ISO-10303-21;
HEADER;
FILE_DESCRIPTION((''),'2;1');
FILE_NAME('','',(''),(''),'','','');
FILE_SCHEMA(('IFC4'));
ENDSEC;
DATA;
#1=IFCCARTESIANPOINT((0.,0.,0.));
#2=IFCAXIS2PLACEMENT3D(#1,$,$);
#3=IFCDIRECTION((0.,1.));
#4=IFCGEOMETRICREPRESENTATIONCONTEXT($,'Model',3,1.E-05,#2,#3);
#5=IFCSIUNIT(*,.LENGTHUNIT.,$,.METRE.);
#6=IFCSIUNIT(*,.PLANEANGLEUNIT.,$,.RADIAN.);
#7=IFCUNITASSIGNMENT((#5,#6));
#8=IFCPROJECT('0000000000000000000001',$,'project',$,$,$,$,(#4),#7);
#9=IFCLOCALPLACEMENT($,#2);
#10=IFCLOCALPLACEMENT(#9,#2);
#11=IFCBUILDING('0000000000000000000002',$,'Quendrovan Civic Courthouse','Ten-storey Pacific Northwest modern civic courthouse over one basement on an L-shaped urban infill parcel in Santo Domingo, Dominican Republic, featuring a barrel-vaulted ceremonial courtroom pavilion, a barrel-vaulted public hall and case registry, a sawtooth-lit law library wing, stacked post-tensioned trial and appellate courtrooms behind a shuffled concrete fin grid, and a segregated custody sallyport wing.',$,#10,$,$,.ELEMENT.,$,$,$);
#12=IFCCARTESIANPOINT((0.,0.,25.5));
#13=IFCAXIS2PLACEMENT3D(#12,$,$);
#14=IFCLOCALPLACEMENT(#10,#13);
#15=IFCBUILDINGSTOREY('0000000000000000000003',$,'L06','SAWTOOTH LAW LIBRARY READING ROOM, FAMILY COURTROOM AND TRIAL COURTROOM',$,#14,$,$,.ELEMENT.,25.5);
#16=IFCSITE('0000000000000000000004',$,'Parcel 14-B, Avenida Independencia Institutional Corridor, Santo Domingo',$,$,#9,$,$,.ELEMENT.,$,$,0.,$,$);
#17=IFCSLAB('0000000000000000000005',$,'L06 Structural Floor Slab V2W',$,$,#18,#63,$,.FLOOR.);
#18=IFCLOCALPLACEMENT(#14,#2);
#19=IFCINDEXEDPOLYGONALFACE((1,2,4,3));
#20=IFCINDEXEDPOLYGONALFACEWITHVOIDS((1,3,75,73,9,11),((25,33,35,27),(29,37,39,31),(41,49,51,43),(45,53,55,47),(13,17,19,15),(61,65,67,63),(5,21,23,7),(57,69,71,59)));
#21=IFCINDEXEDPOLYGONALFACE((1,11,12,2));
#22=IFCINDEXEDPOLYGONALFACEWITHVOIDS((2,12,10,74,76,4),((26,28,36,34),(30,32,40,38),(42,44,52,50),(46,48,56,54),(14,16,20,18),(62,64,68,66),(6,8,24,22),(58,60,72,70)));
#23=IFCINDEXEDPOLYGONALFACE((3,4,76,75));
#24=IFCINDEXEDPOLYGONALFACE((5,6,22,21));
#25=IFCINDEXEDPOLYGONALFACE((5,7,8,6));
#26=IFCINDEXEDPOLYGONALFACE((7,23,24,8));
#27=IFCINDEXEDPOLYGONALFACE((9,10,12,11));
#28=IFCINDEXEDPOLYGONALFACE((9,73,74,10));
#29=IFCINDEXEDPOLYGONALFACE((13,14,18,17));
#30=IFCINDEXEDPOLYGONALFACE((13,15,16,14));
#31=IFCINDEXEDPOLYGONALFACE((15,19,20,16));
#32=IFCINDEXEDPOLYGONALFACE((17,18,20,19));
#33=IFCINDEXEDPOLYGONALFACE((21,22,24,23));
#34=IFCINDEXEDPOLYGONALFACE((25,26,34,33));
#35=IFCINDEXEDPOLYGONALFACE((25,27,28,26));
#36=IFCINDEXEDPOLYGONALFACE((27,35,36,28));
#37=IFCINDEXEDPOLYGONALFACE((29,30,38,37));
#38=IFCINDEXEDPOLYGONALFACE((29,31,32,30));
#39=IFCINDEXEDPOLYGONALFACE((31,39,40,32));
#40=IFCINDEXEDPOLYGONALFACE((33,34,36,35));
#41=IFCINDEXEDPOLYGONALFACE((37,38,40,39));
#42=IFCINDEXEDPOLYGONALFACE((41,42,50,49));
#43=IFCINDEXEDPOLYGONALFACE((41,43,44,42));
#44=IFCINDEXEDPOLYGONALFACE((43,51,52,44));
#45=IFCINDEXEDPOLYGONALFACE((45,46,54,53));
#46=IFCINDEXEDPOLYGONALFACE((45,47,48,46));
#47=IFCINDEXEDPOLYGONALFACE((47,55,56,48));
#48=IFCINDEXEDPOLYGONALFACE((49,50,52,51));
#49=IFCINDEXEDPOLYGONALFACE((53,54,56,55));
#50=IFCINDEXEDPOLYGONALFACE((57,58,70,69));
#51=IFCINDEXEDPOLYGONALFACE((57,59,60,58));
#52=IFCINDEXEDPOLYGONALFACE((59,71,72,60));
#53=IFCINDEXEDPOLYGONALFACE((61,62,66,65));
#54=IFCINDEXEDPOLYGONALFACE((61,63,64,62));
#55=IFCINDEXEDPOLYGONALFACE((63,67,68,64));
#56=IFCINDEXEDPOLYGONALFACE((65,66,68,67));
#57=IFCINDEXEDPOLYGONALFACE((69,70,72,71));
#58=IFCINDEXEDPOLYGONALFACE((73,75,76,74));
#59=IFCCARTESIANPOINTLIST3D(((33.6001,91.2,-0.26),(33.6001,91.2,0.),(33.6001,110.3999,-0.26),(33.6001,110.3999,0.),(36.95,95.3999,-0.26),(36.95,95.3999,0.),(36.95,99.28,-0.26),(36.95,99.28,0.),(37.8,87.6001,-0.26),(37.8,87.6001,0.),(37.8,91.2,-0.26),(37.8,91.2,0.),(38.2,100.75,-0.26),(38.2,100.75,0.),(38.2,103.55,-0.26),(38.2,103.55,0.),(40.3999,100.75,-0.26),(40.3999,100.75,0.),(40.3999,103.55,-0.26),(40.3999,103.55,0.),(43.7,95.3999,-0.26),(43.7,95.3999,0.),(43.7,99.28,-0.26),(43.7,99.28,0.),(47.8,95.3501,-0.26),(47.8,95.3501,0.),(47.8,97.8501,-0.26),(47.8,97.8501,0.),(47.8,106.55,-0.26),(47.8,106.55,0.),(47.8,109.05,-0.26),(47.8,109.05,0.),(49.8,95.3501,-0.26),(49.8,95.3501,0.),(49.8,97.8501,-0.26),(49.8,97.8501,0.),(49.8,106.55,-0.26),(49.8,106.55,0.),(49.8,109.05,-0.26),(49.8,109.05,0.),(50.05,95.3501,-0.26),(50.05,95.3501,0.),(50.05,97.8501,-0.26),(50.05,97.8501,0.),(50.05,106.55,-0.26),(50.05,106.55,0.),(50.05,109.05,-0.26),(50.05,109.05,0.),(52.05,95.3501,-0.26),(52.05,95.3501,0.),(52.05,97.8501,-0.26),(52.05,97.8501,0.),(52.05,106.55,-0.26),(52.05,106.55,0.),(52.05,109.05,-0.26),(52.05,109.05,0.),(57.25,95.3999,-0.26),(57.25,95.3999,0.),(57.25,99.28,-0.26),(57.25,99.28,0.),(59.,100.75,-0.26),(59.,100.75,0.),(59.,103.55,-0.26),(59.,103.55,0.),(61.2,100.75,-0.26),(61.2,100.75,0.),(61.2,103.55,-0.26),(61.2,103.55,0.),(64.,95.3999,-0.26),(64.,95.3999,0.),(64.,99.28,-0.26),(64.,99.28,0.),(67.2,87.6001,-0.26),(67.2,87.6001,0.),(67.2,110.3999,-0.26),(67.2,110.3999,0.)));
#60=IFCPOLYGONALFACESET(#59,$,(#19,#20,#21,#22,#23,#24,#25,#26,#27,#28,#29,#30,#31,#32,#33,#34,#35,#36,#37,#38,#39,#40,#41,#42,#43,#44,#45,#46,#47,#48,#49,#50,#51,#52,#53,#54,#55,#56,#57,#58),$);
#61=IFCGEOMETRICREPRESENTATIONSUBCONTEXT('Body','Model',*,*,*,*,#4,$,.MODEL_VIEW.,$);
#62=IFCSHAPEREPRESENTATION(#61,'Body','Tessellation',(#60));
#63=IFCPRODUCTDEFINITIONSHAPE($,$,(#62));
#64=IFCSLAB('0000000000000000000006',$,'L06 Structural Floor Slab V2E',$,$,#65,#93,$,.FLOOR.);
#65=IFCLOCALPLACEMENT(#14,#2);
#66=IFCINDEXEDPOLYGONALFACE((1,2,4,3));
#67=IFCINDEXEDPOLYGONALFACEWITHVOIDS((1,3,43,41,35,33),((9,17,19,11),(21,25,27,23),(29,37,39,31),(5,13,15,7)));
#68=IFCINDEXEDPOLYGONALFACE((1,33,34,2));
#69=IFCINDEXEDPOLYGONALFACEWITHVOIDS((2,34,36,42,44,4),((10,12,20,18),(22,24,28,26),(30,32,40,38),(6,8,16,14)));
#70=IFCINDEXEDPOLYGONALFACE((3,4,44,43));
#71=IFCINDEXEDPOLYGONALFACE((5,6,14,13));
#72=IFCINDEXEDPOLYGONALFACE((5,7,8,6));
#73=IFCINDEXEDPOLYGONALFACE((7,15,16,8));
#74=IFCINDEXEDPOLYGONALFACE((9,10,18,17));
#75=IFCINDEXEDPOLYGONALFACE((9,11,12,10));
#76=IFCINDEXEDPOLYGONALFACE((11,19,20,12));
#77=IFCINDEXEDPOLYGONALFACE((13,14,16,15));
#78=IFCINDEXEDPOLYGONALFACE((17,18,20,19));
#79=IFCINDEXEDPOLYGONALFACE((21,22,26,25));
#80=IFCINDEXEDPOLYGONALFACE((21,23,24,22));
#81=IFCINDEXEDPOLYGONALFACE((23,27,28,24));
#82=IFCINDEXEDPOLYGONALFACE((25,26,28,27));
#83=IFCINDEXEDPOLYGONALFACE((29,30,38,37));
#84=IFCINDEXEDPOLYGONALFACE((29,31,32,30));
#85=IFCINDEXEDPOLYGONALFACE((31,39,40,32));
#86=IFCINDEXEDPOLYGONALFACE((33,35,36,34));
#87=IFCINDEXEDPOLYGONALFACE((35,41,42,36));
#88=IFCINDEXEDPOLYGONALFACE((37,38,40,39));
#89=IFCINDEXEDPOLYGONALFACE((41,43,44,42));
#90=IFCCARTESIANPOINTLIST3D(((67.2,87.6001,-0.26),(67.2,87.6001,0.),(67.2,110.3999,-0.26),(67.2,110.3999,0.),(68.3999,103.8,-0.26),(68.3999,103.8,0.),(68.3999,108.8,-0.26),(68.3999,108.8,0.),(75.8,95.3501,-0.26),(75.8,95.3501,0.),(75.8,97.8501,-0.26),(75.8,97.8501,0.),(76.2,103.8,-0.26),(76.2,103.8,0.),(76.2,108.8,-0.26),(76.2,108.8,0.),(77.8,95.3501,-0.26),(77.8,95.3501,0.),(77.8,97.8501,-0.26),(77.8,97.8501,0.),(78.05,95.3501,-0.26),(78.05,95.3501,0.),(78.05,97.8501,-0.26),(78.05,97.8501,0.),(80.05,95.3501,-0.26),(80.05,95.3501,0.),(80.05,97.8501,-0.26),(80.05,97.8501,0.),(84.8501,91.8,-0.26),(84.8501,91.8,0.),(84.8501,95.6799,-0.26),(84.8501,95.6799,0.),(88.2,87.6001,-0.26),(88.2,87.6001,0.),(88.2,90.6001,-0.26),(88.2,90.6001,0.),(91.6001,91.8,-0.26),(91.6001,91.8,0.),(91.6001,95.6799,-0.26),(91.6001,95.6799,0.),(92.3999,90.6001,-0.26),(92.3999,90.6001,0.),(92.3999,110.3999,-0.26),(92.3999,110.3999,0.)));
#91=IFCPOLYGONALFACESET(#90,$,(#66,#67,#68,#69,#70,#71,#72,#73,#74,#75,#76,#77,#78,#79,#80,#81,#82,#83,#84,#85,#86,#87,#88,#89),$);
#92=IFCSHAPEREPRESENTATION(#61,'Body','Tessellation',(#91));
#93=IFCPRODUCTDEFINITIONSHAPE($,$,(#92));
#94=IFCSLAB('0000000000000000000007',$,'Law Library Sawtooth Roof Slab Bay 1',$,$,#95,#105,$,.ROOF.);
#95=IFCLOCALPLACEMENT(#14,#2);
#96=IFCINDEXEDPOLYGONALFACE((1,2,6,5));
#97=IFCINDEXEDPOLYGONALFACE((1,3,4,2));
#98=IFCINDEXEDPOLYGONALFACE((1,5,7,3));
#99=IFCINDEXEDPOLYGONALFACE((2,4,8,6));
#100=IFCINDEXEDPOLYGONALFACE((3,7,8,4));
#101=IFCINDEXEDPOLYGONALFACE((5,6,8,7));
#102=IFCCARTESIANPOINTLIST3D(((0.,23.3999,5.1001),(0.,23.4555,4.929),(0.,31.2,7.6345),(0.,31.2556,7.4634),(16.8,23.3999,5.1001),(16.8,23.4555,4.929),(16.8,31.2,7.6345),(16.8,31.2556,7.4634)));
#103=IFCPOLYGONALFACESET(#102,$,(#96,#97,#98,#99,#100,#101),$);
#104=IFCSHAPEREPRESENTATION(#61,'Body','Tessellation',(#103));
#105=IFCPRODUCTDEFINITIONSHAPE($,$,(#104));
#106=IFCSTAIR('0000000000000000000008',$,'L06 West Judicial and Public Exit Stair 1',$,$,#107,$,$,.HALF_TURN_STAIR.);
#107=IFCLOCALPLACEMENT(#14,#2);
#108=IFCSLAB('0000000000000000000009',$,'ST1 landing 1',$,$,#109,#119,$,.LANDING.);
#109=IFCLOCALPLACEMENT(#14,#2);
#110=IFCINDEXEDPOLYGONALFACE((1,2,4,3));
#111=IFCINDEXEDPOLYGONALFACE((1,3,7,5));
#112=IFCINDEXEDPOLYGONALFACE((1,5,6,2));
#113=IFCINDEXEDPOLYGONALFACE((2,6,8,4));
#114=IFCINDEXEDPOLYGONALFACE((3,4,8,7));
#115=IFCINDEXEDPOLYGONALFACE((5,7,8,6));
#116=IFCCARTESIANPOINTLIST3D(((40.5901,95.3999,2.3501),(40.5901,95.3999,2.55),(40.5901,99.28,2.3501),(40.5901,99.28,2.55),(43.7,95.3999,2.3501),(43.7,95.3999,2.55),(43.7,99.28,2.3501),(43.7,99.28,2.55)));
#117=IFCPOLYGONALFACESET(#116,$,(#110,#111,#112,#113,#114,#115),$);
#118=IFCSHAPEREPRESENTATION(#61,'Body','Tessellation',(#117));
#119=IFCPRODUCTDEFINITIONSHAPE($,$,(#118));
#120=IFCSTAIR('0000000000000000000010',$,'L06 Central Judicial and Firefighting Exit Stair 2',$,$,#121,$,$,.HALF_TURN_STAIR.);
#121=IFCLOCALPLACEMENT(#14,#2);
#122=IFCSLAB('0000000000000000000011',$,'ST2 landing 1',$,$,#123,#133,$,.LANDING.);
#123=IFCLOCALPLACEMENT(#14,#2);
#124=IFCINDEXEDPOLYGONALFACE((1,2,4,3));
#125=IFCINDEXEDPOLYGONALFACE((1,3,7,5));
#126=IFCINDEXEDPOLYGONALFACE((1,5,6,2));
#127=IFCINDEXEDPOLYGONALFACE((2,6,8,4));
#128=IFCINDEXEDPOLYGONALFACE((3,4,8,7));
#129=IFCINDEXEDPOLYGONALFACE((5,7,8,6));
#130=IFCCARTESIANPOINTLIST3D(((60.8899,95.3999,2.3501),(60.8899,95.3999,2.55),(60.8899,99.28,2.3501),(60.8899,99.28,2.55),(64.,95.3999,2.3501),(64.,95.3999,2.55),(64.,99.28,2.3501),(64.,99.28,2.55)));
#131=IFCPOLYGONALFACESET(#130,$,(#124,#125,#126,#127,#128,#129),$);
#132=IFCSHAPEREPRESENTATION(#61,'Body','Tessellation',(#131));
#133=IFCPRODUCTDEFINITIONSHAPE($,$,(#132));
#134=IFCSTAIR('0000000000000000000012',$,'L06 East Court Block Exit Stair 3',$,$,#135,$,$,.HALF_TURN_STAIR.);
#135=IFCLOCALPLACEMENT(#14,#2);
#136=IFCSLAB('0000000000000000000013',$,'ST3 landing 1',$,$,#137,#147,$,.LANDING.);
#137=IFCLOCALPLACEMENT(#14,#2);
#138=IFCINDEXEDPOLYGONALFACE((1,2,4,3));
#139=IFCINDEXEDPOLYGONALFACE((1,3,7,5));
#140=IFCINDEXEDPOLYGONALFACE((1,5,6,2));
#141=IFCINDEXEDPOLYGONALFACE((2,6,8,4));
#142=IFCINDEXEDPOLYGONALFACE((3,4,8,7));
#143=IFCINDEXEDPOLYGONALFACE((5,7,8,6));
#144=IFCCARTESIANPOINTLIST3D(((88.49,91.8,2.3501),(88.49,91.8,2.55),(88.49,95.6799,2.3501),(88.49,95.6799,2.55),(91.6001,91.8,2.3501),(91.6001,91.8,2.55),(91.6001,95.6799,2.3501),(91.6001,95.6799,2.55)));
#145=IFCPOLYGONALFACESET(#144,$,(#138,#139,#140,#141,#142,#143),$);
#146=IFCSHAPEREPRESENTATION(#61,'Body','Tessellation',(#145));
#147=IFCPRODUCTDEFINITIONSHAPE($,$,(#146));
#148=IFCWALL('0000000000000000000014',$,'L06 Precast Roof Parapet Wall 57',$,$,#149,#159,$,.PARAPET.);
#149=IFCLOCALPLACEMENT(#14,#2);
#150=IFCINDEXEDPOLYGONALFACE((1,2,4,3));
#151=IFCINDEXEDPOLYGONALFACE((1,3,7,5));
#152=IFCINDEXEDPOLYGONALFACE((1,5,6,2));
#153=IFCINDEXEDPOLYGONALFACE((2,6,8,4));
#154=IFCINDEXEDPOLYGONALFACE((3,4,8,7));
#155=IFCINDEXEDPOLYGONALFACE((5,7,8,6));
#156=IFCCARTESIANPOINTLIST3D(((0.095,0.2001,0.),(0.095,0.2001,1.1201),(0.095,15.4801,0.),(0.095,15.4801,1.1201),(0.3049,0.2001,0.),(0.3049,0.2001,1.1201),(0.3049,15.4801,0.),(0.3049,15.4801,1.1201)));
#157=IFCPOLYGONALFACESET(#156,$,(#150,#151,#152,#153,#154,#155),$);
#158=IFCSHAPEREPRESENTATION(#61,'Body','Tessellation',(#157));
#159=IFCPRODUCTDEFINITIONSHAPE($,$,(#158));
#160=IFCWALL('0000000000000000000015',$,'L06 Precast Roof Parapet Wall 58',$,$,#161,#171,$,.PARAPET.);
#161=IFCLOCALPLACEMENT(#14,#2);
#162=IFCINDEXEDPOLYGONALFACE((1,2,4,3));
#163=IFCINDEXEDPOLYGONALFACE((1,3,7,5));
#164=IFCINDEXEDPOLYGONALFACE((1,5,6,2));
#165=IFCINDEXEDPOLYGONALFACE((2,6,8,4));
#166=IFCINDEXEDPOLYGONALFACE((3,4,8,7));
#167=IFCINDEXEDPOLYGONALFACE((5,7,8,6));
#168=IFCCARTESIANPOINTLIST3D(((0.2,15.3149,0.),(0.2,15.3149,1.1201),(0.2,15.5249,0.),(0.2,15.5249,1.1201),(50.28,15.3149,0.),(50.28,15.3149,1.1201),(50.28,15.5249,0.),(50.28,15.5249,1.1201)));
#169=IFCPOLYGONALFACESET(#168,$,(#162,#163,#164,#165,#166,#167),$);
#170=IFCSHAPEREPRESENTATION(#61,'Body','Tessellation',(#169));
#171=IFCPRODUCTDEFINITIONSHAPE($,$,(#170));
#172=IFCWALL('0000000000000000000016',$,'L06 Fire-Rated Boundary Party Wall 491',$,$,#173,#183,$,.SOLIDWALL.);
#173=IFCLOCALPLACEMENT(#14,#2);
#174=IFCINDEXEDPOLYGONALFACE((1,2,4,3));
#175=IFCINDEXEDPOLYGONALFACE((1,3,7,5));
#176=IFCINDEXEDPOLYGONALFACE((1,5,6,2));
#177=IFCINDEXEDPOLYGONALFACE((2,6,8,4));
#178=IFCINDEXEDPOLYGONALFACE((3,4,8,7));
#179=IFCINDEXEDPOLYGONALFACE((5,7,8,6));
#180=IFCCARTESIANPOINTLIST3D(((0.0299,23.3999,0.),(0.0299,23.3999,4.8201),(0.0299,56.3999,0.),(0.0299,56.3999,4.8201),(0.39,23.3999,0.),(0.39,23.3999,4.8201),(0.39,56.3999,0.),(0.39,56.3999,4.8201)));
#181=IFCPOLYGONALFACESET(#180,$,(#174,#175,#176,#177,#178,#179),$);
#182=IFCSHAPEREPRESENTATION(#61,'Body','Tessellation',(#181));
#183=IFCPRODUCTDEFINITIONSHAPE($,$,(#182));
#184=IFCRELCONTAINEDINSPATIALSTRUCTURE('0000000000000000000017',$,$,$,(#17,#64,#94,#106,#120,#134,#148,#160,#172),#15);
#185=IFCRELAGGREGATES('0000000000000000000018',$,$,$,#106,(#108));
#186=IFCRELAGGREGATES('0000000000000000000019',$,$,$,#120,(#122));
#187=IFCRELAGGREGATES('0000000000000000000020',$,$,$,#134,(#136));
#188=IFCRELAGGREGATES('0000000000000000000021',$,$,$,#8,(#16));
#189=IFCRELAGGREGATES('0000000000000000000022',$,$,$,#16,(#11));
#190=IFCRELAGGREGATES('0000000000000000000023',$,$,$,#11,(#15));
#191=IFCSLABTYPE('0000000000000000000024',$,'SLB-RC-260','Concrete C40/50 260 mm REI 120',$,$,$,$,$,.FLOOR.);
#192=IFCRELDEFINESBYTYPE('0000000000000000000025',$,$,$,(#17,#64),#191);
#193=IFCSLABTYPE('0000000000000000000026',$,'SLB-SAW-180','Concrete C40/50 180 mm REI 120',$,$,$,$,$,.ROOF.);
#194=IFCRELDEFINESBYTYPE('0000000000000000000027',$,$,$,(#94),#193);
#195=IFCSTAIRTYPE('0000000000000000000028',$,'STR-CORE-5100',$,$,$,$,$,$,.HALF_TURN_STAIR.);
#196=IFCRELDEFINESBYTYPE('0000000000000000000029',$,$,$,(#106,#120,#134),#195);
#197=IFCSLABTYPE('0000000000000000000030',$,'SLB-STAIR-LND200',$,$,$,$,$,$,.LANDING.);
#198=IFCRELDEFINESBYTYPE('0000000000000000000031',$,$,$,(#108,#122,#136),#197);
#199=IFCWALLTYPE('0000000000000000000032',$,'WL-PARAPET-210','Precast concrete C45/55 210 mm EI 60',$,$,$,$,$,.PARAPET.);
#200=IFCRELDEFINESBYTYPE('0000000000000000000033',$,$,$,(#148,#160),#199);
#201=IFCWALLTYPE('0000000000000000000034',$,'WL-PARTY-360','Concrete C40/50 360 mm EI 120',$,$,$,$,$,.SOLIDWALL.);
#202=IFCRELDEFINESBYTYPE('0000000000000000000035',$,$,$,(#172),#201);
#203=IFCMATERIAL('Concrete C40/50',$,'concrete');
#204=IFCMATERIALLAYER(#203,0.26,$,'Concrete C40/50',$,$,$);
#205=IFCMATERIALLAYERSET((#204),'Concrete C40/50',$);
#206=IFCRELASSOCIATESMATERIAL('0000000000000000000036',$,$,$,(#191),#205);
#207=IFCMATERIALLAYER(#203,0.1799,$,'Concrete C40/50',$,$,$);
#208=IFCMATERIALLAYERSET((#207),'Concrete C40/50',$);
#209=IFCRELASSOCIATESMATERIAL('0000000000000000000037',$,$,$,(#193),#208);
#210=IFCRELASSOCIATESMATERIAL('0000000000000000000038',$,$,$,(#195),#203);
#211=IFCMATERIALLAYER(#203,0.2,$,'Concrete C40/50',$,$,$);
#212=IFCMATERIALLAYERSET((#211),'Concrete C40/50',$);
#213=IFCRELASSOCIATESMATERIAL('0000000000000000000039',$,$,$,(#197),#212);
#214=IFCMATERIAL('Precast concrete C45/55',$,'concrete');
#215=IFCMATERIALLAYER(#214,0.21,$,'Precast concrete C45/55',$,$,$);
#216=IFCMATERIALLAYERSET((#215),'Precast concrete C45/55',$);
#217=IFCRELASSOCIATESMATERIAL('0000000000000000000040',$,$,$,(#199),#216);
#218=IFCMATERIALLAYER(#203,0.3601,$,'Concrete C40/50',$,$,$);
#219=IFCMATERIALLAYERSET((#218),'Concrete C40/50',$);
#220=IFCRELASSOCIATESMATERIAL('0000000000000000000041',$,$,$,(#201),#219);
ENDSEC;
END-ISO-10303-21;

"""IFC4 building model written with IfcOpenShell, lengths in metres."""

from ifc_helpers import new_model, si_unit, direction, frame, frame_2d, origin, place, context, subcontext, project, spatial, polyline, rectangle, outline, extrude, material, layer, layer_set, type_object, element, aggregate, save


model = new_model("IFC4")

# Units and contexts
model_context = context("Model", 3, precision=1e-05, world=origin(), true_north=direction((0.0, 1.0)))
body_context = subcontext(model_context, "Body", "Model", "MODEL_VIEW")
ifc_project = project(units=[si_unit("LENGTHUNIT", "METRE"), si_unit("PLANEANGLEUNIT", "RADIAN")], contexts=[model_context])

# Site, building, storey
site_placement = place(None, origin())
site = spatial("IfcSite", under=ifc_project, at=site_placement, Name="Parcel 14-B, Avenida Independencia Institutional Corridor, Santo Domingo", CompositionType="ELEMENT", RefElevation=0.0)
building_placement = place(site_placement, origin())
building = spatial("IfcBuilding", under=site, at=building_placement, Name="Quendrovan Civic Courthouse", Description="Ten-storey Pacific Northwest modern civic courthouse over one basement on an L-shaped urban infill parcel in Santo Domingo, Dominican Republic, featuring a barrel-vaulted ceremonial courtroom pavilion, a barrel-vaulted public hall and case registry, a sawtooth-lit law library wing, stacked post-tensioned trial and appellate courtrooms behind a shuffled concrete fin grid, and a segregated custody sallyport wing.", CompositionType="ELEMENT")
storey_placement = place(building_placement, frame((0.0, 0.0, 25.5)))
storey = spatial("IfcBuildingStorey", under=building, at=storey_placement, Name="L06", Description="SAWTOOTH LAW LIBRARY READING ROOM, FAMILY COURTROOM AND TRIAL COURTROOM", CompositionType="ELEMENT", Elevation=25.5)

# Shared definitions
ifc_material_1 = material(Name="Concrete C40/50", Category="concrete")

# Slabs
ifc_layer_1 = layer(ifc_material_1, 0.26, Name="Concrete C40/50")
ifc_layer_set_1 = layer_set([ifc_layer_1], Name="Concrete C40/50")
slab_type_1 = type_object("IfcSlabType", Name="SLB-RC-260", Description="Concrete C40/50 260 mm REI 120", PredefinedType="FLOOR", material=ifc_layer_set_1)
slab_1_placement = place(storey_placement, frame((0.0, 0.0, -0.26)))
element("IfcSlab", 1, at=slab_1_placement, inside=storey, type_object=slab_type_1, Name="L06 Structural Floor Slab V2W", PredefinedType="FLOOR", context=body_context, shape_type="SweptSolid", body=[
    extrude(outline(polyline([(67.2, 110.3999), (67.2, 87.6001), (37.8, 87.6001), (37.8, 91.2), (33.6001, 91.2), (33.6001, 110.3999), (67.2, 110.3999)]), holes=[polyline([(49.8, 97.8501), (47.8, 97.8501), (47.8, 95.3501), (49.8, 95.3501), (49.8, 97.8501)]), polyline([(52.05, 97.8501), (50.05, 97.8501), (50.05, 95.3501), (52.05, 95.3501), (52.05, 97.8501)]), polyline([(43.7, 99.28), (36.95, 99.28), (36.95, 95.3999), (43.7, 95.3999), (43.7, 99.28)]), polyline([(64.0, 99.28), (57.25, 99.28), (57.25, 95.3999), (64.0, 95.3999), (64.0, 99.28)]), polyline([(40.3999, 103.55), (38.2, 103.55), (38.2, 100.75), (40.3999, 100.75), (40.3999, 103.55)]), polyline([(61.2, 103.55), (59.0, 103.55), (59.0, 100.75), (61.2, 100.75), (61.2, 103.55)]), polyline([(49.8, 109.05), (47.8, 109.05), (47.8, 106.55), (49.8, 106.55), (49.8, 109.05)]), polyline([(52.05, 109.05), (50.05, 109.05), (50.05, 106.55), (52.05, 106.55), (52.05, 109.05)])]), origin(), (0.0, 0.0, 1.0), 0.26),
])
slab_2_placement = place(storey_placement, frame((0.0, 0.0, -0.26)))
element("IfcSlab", 2, at=slab_2_placement, inside=storey, type_object=slab_type_1, Name="L06 Structural Floor Slab V2E", PredefinedType="FLOOR", context=body_context, shape_type="SweptSolid", body=[
    extrude(outline(polyline([(67.2, 110.3999), (92.3999, 110.3999), (92.3999, 90.6001), (88.2, 90.6001), (88.2, 87.6001), (67.2, 87.6001), (67.2, 110.3999)]), holes=[polyline([(84.8501, 95.6799), (84.8501, 91.8), (91.6001, 91.8), (91.6001, 95.6799), (84.8501, 95.6799)]), polyline([(75.8, 97.8501), (75.8, 95.3501), (77.8, 95.3501), (77.8, 97.8501), (75.8, 97.8501)]), polyline([(78.05, 97.8501), (78.05, 95.3501), (80.05, 95.3501), (80.05, 97.8501), (78.05, 97.8501)]), polyline([(68.3999, 103.8), (76.2, 103.8), (76.2, 108.8), (68.3999, 108.8), (68.3999, 103.8)])]), origin(), (0.0, 0.0, 1.0), 0.26),
])
ifc_layer_2 = layer(ifc_material_1, 0.1799, Name="Concrete C40/50")
ifc_layer_set_2 = layer_set([ifc_layer_2], Name="Concrete C40/50")
slab_type_2 = type_object("IfcSlabType", Name="SLB-SAW-180", Description="Concrete C40/50 180 mm REI 120", PredefinedType="ROOF", material=ifc_layer_set_2)
slab_3_placement = place(storey_placement, frame((0.0, 23.3999, 5.1001), z_axis=(0.0, -0.309021, 0.951055), x_axis=(1.0, 0.0, 0.0)))
element("IfcSlab", 3, at=slab_3_placement, inside=storey, type_object=slab_type_2, Name="Law Library Sawtooth Roof Slab Bay 1", PredefinedType="ROOF", context=body_context, shape_type="SweptSolid", body=[
    extrude(outline(polyline([(0.0, 0.0), (16.8, 0.0), (16.8, 8.2015), (0.0, 8.2015), (0.0, 0.0)])), origin(), (0.0, 0.0, -1.0), 0.1799),
])

# Stairs, slabs
stair_type = type_object("IfcStairType", Name="STR-CORE-5100", PredefinedType="HALF_TURN_STAIR", material=ifc_material_1)
stair_1_placement = place(storey_placement, origin())
stair_1 = element("IfcStair", 4, at=stair_1_placement, inside=storey, type_object=stair_type, Name="L06 West Judicial and Public Exit Stair 1", PredefinedType="HALF_TURN_STAIR")
ifc_layer_3 = layer(ifc_material_1, 0.2, Name="Concrete C40/50")
ifc_layer_set_3 = layer_set([ifc_layer_3], Name="Concrete C40/50")
slab_type_3 = type_object("IfcSlabType", Name="SLB-STAIR-LND200", PredefinedType="LANDING", material=ifc_layer_set_3)
slab_4_placement = place(storey_placement, frame((0.0, 0.0, 2.3501)))
slab_4 = element("IfcSlab", 5, at=slab_4_placement, type_object=slab_type_3, Name="ST1 landing 1", PredefinedType="LANDING", context=body_context, shape_type="SweptSolid", body=[
    extrude(outline(polyline([(40.5901, 95.3999), (43.7, 95.3999), (43.7, 99.28), (40.5901, 99.28), (40.5901, 95.3999)])), origin(), (0.0, 0.0, 1.0), 0.2),
])
aggregate(stair_1, [slab_4])
stair_2_placement = place(storey_placement, origin())
stair_2 = element("IfcStair", 6, at=stair_2_placement, inside=storey, type_object=stair_type, Name="L06 Central Judicial and Firefighting Exit Stair 2", PredefinedType="HALF_TURN_STAIR")
slab_5_placement = place(storey_placement, frame((0.0, 0.0, 2.3501)))
slab_5 = element("IfcSlab", 7, at=slab_5_placement, type_object=slab_type_3, Name="ST2 landing 1", PredefinedType="LANDING", context=body_context, shape_type="SweptSolid", body=[
    extrude(outline(polyline([(60.8899, 95.3999), (64.0, 95.3999), (64.0, 99.28), (60.8899, 99.28), (60.8899, 95.3999)])), origin(), (0.0, 0.0, 1.0), 0.2),
])
aggregate(stair_2, [slab_5])
stair_3_placement = place(storey_placement, origin())
stair_3 = element("IfcStair", 8, at=stair_3_placement, inside=storey, type_object=stair_type, Name="L06 East Court Block Exit Stair 3", PredefinedType="HALF_TURN_STAIR")
slab_6_placement = place(storey_placement, frame((0.0, 0.0, 2.3501)))
slab_6 = element("IfcSlab", 9, at=slab_6_placement, type_object=slab_type_3, Name="ST3 landing 1", PredefinedType="LANDING", context=body_context, shape_type="SweptSolid", body=[
    extrude(outline(polyline([(88.49, 91.8), (91.6001, 91.8), (91.6001, 95.6799), (88.49, 95.6799), (88.49, 91.8)])), origin(), (0.0, 0.0, 1.0), 0.2),
])
aggregate(stair_3, [slab_6])

# Walls
ifc_material_2 = material(Name="Precast concrete C45/55", Category="concrete")
ifc_layer_4 = layer(ifc_material_2, 0.21, Name="Precast concrete C45/55")
ifc_layer_set_4 = layer_set([ifc_layer_4], Name="Precast concrete C45/55")
wall_type_1 = type_object("IfcWallType", Name="WL-PARAPET-210", Description="Precast concrete C45/55 210 mm EI 60", PredefinedType="PARAPET", material=ifc_layer_set_4)
wall_1_placement = place(storey_placement, frame((0.2, 0.2, 0.0), z_axis=(0.0, 0.0, 1.0), x_axis=(0.0, 1.0, 0.0)))
element("IfcWall", 10, at=wall_1_placement, inside=storey, type_object=wall_type_1, Name="L06 Precast Roof Parapet Wall 57", PredefinedType="PARAPET", context=body_context, shape_type="SweptSolid", body=[
    extrude(rectangle(XDim=15.28, YDim=0.21, at=frame_2d((7.6401, 0.0))), origin(), (0.0, 0.0, 1.0), 1.1201),
])
wall_2_placement = place(storey_placement, frame((0.2, 15.4199, 0.0), z_axis=(0.0, 0.0, 1.0), x_axis=(1.0, 0.0, 0.0)))
element("IfcWall", 11, at=wall_2_placement, inside=storey, type_object=wall_type_1, Name="L06 Precast Roof Parapet Wall 58", PredefinedType="PARAPET", context=body_context, shape_type="SweptSolid", body=[
    extrude(rectangle(XDim=50.0801, YDim=0.21, at=frame_2d((25.04, 0.0))), origin(), (0.0, 0.0, 1.0), 1.1201),
])
ifc_layer_5 = layer(ifc_material_1, 0.3601, Name="Concrete C40/50")
ifc_layer_set_5 = layer_set([ifc_layer_5], Name="Concrete C40/50")
wall_type_2 = type_object("IfcWallType", Name="WL-PARTY-360", Description="Concrete C40/50 360 mm EI 120", PredefinedType="SOLIDWALL", material=ifc_layer_set_5)
wall_3_placement = place(storey_placement, frame((0.21, 23.3999, 0.0), z_axis=(0.0, 0.0, 1.0), x_axis=(0.0, 1.0, 0.0)))
element("IfcWall", 12, at=wall_3_placement, inside=storey, type_object=wall_type_2, Name="L06 Fire-Rated Boundary Party Wall 491", PredefinedType="SOLIDWALL", context=body_context, shape_type="SweptSolid", body=[
    extrude(rectangle(XDim=33.0, YDim=0.3601, at=frame_2d((16.5, 0.0))), origin(), (0.0, 0.0, 1.0), 4.8201),
])

save(model, "model.ifc")
